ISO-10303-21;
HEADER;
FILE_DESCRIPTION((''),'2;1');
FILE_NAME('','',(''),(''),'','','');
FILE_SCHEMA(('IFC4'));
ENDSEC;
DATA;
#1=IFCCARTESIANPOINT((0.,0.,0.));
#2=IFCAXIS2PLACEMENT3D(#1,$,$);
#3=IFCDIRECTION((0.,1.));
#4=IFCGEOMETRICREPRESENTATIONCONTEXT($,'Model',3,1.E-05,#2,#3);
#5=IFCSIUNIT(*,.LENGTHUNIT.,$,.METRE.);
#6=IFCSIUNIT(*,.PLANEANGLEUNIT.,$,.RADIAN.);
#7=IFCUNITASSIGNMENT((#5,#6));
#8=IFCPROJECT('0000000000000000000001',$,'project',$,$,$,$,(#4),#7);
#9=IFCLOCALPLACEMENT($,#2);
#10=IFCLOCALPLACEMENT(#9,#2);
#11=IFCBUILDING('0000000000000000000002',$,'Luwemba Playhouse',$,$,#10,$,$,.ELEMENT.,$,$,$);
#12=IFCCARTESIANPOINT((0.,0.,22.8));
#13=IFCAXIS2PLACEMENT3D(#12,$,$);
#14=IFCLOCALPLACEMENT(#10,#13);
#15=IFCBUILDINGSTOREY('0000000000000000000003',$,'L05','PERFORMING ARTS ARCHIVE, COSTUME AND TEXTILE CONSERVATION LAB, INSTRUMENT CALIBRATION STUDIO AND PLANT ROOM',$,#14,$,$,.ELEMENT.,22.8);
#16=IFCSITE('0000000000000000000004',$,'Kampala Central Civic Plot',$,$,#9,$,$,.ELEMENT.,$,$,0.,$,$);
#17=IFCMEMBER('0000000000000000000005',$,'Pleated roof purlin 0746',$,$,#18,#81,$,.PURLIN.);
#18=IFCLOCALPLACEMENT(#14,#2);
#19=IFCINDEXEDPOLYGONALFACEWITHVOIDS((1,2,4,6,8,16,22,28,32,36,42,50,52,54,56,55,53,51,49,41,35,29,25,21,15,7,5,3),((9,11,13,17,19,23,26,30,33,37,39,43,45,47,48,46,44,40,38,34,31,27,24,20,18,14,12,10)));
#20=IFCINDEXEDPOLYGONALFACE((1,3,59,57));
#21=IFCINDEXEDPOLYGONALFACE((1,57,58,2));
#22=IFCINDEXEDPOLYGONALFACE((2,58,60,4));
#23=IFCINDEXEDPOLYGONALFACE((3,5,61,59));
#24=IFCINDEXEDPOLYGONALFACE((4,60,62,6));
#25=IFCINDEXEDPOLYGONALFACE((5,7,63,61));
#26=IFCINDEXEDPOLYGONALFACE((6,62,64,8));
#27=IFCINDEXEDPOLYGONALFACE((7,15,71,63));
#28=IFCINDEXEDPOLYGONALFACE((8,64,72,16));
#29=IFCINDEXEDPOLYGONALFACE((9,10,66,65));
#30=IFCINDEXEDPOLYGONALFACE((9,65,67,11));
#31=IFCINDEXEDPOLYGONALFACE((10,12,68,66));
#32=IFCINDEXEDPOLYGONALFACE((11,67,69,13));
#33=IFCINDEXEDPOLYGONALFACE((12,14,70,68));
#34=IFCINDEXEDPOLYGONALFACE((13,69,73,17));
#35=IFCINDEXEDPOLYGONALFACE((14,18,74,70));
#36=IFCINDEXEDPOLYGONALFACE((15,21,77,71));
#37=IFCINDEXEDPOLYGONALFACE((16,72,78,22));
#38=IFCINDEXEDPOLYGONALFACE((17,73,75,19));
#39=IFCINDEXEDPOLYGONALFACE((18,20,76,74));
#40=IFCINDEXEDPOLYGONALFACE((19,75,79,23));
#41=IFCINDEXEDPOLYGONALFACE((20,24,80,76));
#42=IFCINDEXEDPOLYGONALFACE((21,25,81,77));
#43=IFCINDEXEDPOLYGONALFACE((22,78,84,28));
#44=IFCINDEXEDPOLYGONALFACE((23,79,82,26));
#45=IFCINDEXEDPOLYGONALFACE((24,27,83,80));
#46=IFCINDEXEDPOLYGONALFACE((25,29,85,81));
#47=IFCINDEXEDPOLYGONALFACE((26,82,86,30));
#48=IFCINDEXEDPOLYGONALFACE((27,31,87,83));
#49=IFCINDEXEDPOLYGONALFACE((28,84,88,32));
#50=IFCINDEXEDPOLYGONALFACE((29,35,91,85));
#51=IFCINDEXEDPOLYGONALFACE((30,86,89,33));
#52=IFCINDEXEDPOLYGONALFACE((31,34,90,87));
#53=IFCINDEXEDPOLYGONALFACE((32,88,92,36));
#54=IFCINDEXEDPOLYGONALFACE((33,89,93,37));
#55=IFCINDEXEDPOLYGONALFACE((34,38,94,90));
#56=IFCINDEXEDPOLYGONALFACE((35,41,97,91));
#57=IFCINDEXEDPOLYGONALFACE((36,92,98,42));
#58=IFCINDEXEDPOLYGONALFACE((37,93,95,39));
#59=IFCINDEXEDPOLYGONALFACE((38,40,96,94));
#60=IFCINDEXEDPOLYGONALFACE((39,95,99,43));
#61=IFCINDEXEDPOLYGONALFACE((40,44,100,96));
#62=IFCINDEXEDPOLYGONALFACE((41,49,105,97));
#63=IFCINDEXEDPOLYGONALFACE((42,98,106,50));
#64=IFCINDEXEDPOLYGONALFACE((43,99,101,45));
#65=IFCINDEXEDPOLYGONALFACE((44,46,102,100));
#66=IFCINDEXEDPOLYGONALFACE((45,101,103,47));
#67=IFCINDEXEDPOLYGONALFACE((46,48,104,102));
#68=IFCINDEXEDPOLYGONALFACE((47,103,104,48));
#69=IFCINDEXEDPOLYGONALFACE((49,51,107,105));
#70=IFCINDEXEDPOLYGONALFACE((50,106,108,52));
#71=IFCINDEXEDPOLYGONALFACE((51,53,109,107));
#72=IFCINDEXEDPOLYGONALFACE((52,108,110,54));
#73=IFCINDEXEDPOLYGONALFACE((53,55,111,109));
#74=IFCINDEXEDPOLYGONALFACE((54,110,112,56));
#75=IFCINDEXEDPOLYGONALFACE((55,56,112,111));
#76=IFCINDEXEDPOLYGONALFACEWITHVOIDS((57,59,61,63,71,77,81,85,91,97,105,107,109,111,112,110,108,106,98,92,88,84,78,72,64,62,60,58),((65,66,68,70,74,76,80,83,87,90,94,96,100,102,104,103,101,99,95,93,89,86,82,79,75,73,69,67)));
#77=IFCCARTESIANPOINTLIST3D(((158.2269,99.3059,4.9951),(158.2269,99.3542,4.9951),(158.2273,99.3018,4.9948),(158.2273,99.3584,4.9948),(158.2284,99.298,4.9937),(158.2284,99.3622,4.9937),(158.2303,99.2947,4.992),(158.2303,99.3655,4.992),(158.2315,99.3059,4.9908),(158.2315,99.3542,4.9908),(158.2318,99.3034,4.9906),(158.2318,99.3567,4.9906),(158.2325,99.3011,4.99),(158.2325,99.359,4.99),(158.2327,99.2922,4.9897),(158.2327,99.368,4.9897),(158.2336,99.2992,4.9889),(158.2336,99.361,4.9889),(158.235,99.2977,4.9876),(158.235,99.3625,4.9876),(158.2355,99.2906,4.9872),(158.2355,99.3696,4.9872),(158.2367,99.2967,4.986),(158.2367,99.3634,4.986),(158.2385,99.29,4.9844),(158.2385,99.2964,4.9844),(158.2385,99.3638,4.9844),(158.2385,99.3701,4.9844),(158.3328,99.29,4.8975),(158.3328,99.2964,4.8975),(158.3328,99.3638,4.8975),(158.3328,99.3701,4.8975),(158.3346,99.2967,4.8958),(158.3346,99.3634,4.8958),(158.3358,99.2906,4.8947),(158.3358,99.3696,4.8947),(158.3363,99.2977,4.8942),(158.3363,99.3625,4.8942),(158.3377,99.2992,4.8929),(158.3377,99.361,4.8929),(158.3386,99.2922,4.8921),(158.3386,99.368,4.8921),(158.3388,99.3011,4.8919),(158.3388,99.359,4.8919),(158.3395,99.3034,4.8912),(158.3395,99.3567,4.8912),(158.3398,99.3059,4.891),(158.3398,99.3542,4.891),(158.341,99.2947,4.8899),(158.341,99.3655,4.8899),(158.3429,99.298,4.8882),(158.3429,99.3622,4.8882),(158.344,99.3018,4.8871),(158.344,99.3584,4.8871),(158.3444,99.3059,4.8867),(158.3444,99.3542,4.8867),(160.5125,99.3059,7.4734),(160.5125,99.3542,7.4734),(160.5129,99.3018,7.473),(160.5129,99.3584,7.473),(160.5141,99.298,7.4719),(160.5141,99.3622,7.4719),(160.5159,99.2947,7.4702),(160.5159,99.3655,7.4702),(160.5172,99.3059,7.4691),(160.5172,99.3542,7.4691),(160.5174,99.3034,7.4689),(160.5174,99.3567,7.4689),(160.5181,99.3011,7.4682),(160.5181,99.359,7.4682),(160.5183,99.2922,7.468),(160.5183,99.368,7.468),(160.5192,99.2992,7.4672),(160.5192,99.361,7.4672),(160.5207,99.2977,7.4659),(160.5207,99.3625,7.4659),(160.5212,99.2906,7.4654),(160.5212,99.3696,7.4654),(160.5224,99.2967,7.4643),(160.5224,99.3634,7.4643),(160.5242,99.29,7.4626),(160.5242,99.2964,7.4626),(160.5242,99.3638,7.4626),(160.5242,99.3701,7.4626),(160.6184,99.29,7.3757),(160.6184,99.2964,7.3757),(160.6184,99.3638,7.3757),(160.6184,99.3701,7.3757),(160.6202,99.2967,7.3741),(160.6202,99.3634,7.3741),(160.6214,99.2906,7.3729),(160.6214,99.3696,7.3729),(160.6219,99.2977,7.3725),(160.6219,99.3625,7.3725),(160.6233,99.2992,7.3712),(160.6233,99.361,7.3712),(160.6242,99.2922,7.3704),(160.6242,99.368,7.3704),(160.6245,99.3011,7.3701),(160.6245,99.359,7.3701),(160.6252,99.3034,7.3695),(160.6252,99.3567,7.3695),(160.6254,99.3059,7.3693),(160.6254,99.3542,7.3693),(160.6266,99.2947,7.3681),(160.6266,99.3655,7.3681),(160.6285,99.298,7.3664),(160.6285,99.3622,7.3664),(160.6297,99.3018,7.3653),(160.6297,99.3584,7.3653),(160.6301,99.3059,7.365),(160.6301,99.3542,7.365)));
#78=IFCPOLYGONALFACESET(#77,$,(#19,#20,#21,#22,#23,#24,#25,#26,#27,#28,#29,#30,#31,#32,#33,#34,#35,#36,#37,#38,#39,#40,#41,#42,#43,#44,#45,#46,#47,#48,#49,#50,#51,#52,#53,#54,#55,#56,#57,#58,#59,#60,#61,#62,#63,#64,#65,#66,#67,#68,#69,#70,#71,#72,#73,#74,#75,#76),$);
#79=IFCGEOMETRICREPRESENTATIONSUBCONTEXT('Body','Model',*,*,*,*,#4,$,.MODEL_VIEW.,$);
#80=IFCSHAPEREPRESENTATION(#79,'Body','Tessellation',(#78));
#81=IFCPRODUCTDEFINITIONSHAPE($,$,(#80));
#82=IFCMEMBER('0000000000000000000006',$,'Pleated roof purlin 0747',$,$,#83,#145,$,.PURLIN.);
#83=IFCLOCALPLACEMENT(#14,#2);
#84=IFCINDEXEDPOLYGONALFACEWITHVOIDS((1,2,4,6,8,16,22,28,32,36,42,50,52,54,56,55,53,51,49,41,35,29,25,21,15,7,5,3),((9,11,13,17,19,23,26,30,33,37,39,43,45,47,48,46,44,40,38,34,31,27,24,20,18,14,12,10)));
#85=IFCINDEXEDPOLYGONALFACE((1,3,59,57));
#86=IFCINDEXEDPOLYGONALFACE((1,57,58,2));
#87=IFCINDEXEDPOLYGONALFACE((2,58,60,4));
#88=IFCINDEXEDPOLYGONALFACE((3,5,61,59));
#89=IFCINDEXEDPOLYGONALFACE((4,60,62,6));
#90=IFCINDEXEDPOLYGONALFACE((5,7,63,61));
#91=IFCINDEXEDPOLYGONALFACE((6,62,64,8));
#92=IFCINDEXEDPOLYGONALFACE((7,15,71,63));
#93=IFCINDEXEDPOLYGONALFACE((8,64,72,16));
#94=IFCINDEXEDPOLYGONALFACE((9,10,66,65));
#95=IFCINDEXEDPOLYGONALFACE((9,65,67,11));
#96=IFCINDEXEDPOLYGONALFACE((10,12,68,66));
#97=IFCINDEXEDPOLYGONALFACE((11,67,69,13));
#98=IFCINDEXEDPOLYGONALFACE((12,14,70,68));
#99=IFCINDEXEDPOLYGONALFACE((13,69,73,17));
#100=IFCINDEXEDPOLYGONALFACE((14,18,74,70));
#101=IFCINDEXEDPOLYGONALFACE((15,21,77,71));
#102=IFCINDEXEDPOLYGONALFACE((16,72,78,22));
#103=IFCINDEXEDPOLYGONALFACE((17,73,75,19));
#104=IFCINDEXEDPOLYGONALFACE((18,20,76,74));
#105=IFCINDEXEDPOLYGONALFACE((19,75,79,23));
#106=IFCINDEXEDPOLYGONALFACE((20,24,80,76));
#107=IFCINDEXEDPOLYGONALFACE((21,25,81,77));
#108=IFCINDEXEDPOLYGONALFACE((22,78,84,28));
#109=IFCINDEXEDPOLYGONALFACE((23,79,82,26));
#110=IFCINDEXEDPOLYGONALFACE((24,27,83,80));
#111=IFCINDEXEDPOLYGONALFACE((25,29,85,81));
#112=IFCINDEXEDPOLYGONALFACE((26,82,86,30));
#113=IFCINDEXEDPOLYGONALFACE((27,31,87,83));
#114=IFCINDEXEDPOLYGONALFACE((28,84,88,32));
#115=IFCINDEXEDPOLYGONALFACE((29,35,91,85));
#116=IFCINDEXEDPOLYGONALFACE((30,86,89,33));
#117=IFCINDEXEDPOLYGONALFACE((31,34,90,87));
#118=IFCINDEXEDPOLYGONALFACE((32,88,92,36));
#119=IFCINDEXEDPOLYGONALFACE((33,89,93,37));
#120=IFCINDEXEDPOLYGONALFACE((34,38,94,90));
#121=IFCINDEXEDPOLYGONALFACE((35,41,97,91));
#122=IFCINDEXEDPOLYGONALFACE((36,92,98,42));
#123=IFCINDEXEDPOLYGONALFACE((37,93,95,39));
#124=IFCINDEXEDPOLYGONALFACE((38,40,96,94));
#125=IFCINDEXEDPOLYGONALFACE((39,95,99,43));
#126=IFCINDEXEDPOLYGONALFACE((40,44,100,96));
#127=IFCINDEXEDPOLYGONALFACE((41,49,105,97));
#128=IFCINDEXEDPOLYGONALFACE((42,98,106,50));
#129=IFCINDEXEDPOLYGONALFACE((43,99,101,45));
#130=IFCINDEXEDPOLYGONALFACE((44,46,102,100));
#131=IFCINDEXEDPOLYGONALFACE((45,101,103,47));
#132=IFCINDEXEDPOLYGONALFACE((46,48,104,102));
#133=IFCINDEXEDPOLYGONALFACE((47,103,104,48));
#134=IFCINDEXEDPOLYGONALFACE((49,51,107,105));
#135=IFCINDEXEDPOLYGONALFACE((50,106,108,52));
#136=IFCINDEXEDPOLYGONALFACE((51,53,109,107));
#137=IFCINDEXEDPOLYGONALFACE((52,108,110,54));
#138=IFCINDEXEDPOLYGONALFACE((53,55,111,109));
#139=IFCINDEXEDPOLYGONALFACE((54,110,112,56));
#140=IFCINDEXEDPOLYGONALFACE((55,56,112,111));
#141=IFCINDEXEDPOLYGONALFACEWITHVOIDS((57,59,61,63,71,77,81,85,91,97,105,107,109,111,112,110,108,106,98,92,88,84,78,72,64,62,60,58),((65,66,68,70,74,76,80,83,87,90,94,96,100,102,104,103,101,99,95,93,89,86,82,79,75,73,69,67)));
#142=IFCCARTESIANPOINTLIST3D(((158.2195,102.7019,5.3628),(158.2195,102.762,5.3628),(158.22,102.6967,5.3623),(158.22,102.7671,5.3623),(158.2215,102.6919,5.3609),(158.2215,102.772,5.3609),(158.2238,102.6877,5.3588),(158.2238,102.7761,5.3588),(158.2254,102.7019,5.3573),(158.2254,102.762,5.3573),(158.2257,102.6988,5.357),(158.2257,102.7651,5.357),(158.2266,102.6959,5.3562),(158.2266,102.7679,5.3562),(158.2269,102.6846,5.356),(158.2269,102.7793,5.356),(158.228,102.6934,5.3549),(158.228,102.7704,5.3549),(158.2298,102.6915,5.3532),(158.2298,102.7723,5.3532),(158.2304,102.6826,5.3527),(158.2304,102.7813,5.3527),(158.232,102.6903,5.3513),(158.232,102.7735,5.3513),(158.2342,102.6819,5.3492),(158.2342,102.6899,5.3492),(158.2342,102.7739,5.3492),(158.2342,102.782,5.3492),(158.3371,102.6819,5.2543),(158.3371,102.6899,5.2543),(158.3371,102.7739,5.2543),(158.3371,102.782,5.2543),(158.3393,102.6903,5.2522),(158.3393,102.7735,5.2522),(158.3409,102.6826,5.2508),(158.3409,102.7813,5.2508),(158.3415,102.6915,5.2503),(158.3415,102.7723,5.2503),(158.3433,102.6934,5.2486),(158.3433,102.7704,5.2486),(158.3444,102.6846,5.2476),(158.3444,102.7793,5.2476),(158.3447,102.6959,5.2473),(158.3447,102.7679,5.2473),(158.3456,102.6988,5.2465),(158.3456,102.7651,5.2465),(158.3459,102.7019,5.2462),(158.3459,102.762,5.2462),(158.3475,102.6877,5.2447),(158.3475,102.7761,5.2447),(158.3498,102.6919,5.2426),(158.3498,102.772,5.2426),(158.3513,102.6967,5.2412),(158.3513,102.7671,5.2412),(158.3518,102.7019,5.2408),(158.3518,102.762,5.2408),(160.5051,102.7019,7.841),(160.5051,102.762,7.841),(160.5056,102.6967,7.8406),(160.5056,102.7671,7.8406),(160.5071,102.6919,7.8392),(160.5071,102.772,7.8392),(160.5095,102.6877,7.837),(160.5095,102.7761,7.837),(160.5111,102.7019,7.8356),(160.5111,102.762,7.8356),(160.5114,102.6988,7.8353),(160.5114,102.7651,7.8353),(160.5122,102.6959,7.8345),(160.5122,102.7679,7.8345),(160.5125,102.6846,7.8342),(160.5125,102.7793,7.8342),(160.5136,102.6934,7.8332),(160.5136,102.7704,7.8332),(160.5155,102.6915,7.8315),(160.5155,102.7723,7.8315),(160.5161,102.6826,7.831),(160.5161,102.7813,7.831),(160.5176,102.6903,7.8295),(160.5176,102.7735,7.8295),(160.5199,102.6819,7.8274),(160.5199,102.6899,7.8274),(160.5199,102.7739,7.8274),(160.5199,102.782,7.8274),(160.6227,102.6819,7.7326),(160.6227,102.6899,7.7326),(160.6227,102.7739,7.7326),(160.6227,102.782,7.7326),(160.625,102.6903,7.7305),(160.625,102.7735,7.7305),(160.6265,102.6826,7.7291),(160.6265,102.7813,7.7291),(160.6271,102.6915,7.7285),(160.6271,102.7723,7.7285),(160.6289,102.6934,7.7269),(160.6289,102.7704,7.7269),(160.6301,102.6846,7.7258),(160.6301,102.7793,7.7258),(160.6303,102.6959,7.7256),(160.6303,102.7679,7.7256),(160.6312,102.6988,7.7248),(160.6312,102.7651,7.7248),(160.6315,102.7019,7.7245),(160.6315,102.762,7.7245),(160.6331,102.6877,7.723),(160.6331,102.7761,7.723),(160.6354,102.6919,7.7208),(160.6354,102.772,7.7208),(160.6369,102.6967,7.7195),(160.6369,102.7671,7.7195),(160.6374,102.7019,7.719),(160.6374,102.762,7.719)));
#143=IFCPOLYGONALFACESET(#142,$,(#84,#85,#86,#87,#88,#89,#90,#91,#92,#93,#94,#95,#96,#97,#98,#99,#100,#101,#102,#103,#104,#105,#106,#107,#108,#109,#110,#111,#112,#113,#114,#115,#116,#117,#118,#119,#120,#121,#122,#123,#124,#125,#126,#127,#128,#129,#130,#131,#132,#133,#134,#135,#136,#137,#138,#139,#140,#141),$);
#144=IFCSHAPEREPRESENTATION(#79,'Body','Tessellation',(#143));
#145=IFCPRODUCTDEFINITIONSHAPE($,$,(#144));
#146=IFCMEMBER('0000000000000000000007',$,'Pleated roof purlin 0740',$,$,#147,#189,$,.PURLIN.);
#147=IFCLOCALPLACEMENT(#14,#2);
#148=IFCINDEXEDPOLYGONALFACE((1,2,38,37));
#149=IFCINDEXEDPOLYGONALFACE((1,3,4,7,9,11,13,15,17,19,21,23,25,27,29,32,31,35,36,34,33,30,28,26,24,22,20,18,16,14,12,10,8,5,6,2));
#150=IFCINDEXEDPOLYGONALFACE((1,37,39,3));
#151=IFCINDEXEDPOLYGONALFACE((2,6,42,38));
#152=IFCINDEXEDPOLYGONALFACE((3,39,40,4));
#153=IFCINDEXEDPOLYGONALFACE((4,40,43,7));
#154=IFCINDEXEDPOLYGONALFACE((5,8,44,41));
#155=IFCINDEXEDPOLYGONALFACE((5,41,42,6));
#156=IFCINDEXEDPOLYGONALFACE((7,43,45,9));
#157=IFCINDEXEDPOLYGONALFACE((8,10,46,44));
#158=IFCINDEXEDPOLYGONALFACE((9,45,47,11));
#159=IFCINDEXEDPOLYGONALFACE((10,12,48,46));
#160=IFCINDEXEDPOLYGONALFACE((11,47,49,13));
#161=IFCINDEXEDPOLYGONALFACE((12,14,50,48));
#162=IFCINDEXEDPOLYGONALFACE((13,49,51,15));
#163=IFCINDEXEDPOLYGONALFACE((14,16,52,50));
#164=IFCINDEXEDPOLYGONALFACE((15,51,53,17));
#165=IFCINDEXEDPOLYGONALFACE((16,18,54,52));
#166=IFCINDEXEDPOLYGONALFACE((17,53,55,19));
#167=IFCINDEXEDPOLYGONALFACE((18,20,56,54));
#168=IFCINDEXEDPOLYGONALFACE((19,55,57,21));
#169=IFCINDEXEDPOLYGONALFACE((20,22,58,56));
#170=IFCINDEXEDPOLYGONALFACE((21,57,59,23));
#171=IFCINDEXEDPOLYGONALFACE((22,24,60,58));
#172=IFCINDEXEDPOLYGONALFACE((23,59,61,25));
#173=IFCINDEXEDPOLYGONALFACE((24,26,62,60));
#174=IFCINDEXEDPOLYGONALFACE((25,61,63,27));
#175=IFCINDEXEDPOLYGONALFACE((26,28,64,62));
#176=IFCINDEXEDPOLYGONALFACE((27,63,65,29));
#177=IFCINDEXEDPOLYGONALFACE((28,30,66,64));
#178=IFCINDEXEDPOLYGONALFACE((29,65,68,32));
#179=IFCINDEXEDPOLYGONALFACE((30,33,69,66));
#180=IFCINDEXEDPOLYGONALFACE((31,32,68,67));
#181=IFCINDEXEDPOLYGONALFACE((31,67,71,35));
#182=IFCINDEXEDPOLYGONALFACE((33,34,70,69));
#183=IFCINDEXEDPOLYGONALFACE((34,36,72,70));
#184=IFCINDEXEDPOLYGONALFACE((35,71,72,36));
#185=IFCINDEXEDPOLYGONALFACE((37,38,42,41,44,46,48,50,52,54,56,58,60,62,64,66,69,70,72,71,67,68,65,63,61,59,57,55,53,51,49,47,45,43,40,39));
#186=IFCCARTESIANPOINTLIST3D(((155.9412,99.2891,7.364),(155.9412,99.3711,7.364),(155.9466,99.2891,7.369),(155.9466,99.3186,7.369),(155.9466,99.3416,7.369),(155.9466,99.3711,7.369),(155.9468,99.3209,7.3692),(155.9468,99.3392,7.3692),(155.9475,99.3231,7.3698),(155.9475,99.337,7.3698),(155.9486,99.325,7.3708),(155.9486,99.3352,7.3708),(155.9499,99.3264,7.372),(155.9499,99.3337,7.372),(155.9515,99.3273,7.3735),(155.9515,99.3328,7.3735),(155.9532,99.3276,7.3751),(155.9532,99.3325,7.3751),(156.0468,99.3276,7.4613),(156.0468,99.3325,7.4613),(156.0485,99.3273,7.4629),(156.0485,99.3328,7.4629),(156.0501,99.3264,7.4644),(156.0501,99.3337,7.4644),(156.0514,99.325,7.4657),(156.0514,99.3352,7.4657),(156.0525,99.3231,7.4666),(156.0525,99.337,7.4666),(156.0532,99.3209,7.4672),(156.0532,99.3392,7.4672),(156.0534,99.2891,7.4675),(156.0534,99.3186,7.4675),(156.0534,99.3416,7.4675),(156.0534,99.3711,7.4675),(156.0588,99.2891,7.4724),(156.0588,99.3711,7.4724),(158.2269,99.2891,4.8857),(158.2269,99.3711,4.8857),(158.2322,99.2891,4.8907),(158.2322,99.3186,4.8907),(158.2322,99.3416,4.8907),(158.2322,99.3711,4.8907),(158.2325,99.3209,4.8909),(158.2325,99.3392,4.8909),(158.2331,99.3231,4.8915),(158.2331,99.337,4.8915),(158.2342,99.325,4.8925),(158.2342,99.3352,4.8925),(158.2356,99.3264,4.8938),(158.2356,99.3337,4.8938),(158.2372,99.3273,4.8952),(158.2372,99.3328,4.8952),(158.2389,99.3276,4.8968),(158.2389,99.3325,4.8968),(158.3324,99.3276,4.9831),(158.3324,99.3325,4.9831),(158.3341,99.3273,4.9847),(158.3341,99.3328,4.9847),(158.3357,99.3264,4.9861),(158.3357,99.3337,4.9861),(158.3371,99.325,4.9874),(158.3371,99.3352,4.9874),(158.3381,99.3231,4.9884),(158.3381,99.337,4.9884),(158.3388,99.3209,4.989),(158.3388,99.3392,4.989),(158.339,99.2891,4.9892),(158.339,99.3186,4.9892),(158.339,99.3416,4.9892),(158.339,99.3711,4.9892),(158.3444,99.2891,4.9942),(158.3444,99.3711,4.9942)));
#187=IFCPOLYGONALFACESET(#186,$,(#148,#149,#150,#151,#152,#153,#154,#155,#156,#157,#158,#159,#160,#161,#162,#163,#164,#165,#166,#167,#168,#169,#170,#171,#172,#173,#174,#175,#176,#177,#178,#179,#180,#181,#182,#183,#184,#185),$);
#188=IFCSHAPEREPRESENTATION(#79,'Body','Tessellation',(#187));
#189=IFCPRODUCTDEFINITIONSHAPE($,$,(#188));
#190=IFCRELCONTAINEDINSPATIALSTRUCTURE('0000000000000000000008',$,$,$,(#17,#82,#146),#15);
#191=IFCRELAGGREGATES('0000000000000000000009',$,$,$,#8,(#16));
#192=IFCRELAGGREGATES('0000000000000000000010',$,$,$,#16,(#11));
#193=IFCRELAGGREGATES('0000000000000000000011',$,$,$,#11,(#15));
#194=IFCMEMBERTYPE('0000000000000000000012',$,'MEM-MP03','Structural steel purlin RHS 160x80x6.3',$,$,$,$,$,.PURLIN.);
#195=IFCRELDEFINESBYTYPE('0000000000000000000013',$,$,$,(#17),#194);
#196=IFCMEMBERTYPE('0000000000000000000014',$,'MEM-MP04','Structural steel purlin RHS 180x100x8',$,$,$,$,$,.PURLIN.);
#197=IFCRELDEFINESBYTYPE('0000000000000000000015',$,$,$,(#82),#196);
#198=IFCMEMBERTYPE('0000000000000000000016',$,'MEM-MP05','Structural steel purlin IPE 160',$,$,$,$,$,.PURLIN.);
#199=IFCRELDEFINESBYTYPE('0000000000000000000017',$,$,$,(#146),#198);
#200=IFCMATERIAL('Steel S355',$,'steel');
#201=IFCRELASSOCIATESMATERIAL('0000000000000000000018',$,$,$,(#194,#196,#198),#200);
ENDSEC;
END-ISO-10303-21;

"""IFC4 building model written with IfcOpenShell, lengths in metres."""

from ifc_helpers import new_model, si_unit, direction, frame, origin, origin_2d, place, context, subcontext, project, spatial, hollow_rectangle, i_section, extrude, material, material_profile, profile_set, type_object, element, save


model = new_model("IFC4")

# Units and contexts
model_context = context("Model", 3, precision=1e-05, world=origin(), true_north=direction((0.0, 1.0)))
body_context = subcontext(model_context, "Body", "Model", "MODEL_VIEW")
ifc_project = project(units=[si_unit("LENGTHUNIT", "METRE"), si_unit("PLANEANGLEUNIT", "RADIAN")], contexts=[model_context])

# Site, building, storey
site_placement = place(None, origin())
site = spatial("IfcSite", under=ifc_project, at=site_placement, Name="Kampala Central Civic Plot", CompositionType="ELEMENT", RefElevation=0.0)
building_placement = place(site_placement, origin())
building = spatial("IfcBuilding", under=site, at=building_placement, Name="Luwemba Playhouse", CompositionType="ELEMENT")
storey_placement = place(building_placement, frame((0.0, 0.0, 22.8)))
storey = spatial("IfcBuildingStorey", under=building, at=storey_placement, Name="L05", Description="PERFORMING ARTS ARCHIVE, COSTUME AND TEXTILE CONSERVATION LAB, INSTRUMENT CALIBRATION STUDIO AND PLANT ROOM", CompositionType="ELEMENT", Elevation=22.8)

# Shared definitions
ifc_material_1 = material(Name="Steel S355", Category="steel")

# Members
ifc_material_profile_1 = material_profile(ifc_material_1, hollow_rectangle(XDim=0.0801, YDim=0.1599, WallThickness=0.0063, InnerFilletRadius=0.0095, OuterFilletRadius=0.0159, at=origin_2d()))
ifc_profile_set_1 = profile_set([ifc_material_profile_1], Name="Steel S355")
member_type_1 = type_object("IfcMemberType", Name="MEM-MP03", Description="Structural steel purlin RHS 160x80x6.3", PredefinedType="PURLIN", material=ifc_profile_set_1)
member_1_placement = place(storey_placement, frame((158.2856, 99.3301, 4.9409), z_axis=(0.677961, 0.0, 0.735098), x_axis=(0.0, 1.0, 0.0)))
element("IfcMember", 1, at=member_1_placement, inside=storey, type_object=member_type_1, Name="Pleated roof purlin 0746", PredefinedType="PURLIN", context=body_context, shape_type="SweptSolid", body=[
    extrude(hollow_rectangle(XDim=0.0801, YDim=0.1599, WallThickness=0.0063, InnerFilletRadius=0.0095, OuterFilletRadius=0.0159, at=origin_2d()), origin(), (0.0, 0.0, 1.0), 3.3713),
])
ifc_material_profile_2 = material_profile(ifc_material_1, hollow_rectangle(XDim=0.1001, YDim=0.1799, WallThickness=0.0081, InnerFilletRadius=0.012, OuterFilletRadius=0.02, at=origin_2d()))
ifc_profile_set_2 = profile_set([ifc_material_profile_2], Name="Steel S355")
member_type_2 = type_object("IfcMemberType", Name="MEM-MP04", Description="Structural steel purlin RHS 180x100x8", PredefinedType="PURLIN", material=ifc_profile_set_2)
member_2_placement = place(storey_placement, frame((158.2856, 102.7319, 5.3018), z_axis=(0.677961, 0.0, 0.735098), x_axis=(0.0, 1.0, 0.0)))
element("IfcMember", 2, at=member_2_placement, inside=storey, type_object=member_type_2, Name="Pleated roof purlin 0747", PredefinedType="PURLIN", context=body_context, shape_type="SweptSolid", body=[
    extrude(hollow_rectangle(XDim=0.1001, YDim=0.1799, WallThickness=0.0081, InnerFilletRadius=0.012, OuterFilletRadius=0.02, at=origin_2d()), origin(), (0.0, 0.0, 1.0), 3.3713),
])
ifc_material_profile_3 = material_profile(ifc_material_1, i_section(OverallWidth=0.082, OverallDepth=0.1599, WebThickness=0.0049, FlangeThickness=0.0073, FilletRadius=0.009, at=origin_2d()))
ifc_profile_set_3 = profile_set([ifc_material_profile_3], Name="Steel S355")
member_type_3 = type_object("IfcMemberType", Name="MEM-MP05", Description="Structural steel purlin IPE 160", PredefinedType="PURLIN", material=ifc_profile_set_3)
member_3_placement = place(storey_placement, frame((156.0, 99.3301, 7.4182), z_axis=(0.677961, 0.0, -0.735098), x_axis=(0.0, 1.0, 0.0)))
element("IfcMember", 3, at=member_3_placement, inside=storey, type_object=member_type_3, Name="Pleated roof purlin 0740", PredefinedType="PURLIN", context=body_context, shape_type="SweptSolid", body=[
    extrude(i_section(OverallWidth=0.082, OverallDepth=0.1599, WebThickness=0.0049, FlangeThickness=0.0073, FilletRadius=0.009, at=origin_2d()), origin(), (0.0, 0.0, 1.0), 3.3713),
])

save(model, "model.ifc")
